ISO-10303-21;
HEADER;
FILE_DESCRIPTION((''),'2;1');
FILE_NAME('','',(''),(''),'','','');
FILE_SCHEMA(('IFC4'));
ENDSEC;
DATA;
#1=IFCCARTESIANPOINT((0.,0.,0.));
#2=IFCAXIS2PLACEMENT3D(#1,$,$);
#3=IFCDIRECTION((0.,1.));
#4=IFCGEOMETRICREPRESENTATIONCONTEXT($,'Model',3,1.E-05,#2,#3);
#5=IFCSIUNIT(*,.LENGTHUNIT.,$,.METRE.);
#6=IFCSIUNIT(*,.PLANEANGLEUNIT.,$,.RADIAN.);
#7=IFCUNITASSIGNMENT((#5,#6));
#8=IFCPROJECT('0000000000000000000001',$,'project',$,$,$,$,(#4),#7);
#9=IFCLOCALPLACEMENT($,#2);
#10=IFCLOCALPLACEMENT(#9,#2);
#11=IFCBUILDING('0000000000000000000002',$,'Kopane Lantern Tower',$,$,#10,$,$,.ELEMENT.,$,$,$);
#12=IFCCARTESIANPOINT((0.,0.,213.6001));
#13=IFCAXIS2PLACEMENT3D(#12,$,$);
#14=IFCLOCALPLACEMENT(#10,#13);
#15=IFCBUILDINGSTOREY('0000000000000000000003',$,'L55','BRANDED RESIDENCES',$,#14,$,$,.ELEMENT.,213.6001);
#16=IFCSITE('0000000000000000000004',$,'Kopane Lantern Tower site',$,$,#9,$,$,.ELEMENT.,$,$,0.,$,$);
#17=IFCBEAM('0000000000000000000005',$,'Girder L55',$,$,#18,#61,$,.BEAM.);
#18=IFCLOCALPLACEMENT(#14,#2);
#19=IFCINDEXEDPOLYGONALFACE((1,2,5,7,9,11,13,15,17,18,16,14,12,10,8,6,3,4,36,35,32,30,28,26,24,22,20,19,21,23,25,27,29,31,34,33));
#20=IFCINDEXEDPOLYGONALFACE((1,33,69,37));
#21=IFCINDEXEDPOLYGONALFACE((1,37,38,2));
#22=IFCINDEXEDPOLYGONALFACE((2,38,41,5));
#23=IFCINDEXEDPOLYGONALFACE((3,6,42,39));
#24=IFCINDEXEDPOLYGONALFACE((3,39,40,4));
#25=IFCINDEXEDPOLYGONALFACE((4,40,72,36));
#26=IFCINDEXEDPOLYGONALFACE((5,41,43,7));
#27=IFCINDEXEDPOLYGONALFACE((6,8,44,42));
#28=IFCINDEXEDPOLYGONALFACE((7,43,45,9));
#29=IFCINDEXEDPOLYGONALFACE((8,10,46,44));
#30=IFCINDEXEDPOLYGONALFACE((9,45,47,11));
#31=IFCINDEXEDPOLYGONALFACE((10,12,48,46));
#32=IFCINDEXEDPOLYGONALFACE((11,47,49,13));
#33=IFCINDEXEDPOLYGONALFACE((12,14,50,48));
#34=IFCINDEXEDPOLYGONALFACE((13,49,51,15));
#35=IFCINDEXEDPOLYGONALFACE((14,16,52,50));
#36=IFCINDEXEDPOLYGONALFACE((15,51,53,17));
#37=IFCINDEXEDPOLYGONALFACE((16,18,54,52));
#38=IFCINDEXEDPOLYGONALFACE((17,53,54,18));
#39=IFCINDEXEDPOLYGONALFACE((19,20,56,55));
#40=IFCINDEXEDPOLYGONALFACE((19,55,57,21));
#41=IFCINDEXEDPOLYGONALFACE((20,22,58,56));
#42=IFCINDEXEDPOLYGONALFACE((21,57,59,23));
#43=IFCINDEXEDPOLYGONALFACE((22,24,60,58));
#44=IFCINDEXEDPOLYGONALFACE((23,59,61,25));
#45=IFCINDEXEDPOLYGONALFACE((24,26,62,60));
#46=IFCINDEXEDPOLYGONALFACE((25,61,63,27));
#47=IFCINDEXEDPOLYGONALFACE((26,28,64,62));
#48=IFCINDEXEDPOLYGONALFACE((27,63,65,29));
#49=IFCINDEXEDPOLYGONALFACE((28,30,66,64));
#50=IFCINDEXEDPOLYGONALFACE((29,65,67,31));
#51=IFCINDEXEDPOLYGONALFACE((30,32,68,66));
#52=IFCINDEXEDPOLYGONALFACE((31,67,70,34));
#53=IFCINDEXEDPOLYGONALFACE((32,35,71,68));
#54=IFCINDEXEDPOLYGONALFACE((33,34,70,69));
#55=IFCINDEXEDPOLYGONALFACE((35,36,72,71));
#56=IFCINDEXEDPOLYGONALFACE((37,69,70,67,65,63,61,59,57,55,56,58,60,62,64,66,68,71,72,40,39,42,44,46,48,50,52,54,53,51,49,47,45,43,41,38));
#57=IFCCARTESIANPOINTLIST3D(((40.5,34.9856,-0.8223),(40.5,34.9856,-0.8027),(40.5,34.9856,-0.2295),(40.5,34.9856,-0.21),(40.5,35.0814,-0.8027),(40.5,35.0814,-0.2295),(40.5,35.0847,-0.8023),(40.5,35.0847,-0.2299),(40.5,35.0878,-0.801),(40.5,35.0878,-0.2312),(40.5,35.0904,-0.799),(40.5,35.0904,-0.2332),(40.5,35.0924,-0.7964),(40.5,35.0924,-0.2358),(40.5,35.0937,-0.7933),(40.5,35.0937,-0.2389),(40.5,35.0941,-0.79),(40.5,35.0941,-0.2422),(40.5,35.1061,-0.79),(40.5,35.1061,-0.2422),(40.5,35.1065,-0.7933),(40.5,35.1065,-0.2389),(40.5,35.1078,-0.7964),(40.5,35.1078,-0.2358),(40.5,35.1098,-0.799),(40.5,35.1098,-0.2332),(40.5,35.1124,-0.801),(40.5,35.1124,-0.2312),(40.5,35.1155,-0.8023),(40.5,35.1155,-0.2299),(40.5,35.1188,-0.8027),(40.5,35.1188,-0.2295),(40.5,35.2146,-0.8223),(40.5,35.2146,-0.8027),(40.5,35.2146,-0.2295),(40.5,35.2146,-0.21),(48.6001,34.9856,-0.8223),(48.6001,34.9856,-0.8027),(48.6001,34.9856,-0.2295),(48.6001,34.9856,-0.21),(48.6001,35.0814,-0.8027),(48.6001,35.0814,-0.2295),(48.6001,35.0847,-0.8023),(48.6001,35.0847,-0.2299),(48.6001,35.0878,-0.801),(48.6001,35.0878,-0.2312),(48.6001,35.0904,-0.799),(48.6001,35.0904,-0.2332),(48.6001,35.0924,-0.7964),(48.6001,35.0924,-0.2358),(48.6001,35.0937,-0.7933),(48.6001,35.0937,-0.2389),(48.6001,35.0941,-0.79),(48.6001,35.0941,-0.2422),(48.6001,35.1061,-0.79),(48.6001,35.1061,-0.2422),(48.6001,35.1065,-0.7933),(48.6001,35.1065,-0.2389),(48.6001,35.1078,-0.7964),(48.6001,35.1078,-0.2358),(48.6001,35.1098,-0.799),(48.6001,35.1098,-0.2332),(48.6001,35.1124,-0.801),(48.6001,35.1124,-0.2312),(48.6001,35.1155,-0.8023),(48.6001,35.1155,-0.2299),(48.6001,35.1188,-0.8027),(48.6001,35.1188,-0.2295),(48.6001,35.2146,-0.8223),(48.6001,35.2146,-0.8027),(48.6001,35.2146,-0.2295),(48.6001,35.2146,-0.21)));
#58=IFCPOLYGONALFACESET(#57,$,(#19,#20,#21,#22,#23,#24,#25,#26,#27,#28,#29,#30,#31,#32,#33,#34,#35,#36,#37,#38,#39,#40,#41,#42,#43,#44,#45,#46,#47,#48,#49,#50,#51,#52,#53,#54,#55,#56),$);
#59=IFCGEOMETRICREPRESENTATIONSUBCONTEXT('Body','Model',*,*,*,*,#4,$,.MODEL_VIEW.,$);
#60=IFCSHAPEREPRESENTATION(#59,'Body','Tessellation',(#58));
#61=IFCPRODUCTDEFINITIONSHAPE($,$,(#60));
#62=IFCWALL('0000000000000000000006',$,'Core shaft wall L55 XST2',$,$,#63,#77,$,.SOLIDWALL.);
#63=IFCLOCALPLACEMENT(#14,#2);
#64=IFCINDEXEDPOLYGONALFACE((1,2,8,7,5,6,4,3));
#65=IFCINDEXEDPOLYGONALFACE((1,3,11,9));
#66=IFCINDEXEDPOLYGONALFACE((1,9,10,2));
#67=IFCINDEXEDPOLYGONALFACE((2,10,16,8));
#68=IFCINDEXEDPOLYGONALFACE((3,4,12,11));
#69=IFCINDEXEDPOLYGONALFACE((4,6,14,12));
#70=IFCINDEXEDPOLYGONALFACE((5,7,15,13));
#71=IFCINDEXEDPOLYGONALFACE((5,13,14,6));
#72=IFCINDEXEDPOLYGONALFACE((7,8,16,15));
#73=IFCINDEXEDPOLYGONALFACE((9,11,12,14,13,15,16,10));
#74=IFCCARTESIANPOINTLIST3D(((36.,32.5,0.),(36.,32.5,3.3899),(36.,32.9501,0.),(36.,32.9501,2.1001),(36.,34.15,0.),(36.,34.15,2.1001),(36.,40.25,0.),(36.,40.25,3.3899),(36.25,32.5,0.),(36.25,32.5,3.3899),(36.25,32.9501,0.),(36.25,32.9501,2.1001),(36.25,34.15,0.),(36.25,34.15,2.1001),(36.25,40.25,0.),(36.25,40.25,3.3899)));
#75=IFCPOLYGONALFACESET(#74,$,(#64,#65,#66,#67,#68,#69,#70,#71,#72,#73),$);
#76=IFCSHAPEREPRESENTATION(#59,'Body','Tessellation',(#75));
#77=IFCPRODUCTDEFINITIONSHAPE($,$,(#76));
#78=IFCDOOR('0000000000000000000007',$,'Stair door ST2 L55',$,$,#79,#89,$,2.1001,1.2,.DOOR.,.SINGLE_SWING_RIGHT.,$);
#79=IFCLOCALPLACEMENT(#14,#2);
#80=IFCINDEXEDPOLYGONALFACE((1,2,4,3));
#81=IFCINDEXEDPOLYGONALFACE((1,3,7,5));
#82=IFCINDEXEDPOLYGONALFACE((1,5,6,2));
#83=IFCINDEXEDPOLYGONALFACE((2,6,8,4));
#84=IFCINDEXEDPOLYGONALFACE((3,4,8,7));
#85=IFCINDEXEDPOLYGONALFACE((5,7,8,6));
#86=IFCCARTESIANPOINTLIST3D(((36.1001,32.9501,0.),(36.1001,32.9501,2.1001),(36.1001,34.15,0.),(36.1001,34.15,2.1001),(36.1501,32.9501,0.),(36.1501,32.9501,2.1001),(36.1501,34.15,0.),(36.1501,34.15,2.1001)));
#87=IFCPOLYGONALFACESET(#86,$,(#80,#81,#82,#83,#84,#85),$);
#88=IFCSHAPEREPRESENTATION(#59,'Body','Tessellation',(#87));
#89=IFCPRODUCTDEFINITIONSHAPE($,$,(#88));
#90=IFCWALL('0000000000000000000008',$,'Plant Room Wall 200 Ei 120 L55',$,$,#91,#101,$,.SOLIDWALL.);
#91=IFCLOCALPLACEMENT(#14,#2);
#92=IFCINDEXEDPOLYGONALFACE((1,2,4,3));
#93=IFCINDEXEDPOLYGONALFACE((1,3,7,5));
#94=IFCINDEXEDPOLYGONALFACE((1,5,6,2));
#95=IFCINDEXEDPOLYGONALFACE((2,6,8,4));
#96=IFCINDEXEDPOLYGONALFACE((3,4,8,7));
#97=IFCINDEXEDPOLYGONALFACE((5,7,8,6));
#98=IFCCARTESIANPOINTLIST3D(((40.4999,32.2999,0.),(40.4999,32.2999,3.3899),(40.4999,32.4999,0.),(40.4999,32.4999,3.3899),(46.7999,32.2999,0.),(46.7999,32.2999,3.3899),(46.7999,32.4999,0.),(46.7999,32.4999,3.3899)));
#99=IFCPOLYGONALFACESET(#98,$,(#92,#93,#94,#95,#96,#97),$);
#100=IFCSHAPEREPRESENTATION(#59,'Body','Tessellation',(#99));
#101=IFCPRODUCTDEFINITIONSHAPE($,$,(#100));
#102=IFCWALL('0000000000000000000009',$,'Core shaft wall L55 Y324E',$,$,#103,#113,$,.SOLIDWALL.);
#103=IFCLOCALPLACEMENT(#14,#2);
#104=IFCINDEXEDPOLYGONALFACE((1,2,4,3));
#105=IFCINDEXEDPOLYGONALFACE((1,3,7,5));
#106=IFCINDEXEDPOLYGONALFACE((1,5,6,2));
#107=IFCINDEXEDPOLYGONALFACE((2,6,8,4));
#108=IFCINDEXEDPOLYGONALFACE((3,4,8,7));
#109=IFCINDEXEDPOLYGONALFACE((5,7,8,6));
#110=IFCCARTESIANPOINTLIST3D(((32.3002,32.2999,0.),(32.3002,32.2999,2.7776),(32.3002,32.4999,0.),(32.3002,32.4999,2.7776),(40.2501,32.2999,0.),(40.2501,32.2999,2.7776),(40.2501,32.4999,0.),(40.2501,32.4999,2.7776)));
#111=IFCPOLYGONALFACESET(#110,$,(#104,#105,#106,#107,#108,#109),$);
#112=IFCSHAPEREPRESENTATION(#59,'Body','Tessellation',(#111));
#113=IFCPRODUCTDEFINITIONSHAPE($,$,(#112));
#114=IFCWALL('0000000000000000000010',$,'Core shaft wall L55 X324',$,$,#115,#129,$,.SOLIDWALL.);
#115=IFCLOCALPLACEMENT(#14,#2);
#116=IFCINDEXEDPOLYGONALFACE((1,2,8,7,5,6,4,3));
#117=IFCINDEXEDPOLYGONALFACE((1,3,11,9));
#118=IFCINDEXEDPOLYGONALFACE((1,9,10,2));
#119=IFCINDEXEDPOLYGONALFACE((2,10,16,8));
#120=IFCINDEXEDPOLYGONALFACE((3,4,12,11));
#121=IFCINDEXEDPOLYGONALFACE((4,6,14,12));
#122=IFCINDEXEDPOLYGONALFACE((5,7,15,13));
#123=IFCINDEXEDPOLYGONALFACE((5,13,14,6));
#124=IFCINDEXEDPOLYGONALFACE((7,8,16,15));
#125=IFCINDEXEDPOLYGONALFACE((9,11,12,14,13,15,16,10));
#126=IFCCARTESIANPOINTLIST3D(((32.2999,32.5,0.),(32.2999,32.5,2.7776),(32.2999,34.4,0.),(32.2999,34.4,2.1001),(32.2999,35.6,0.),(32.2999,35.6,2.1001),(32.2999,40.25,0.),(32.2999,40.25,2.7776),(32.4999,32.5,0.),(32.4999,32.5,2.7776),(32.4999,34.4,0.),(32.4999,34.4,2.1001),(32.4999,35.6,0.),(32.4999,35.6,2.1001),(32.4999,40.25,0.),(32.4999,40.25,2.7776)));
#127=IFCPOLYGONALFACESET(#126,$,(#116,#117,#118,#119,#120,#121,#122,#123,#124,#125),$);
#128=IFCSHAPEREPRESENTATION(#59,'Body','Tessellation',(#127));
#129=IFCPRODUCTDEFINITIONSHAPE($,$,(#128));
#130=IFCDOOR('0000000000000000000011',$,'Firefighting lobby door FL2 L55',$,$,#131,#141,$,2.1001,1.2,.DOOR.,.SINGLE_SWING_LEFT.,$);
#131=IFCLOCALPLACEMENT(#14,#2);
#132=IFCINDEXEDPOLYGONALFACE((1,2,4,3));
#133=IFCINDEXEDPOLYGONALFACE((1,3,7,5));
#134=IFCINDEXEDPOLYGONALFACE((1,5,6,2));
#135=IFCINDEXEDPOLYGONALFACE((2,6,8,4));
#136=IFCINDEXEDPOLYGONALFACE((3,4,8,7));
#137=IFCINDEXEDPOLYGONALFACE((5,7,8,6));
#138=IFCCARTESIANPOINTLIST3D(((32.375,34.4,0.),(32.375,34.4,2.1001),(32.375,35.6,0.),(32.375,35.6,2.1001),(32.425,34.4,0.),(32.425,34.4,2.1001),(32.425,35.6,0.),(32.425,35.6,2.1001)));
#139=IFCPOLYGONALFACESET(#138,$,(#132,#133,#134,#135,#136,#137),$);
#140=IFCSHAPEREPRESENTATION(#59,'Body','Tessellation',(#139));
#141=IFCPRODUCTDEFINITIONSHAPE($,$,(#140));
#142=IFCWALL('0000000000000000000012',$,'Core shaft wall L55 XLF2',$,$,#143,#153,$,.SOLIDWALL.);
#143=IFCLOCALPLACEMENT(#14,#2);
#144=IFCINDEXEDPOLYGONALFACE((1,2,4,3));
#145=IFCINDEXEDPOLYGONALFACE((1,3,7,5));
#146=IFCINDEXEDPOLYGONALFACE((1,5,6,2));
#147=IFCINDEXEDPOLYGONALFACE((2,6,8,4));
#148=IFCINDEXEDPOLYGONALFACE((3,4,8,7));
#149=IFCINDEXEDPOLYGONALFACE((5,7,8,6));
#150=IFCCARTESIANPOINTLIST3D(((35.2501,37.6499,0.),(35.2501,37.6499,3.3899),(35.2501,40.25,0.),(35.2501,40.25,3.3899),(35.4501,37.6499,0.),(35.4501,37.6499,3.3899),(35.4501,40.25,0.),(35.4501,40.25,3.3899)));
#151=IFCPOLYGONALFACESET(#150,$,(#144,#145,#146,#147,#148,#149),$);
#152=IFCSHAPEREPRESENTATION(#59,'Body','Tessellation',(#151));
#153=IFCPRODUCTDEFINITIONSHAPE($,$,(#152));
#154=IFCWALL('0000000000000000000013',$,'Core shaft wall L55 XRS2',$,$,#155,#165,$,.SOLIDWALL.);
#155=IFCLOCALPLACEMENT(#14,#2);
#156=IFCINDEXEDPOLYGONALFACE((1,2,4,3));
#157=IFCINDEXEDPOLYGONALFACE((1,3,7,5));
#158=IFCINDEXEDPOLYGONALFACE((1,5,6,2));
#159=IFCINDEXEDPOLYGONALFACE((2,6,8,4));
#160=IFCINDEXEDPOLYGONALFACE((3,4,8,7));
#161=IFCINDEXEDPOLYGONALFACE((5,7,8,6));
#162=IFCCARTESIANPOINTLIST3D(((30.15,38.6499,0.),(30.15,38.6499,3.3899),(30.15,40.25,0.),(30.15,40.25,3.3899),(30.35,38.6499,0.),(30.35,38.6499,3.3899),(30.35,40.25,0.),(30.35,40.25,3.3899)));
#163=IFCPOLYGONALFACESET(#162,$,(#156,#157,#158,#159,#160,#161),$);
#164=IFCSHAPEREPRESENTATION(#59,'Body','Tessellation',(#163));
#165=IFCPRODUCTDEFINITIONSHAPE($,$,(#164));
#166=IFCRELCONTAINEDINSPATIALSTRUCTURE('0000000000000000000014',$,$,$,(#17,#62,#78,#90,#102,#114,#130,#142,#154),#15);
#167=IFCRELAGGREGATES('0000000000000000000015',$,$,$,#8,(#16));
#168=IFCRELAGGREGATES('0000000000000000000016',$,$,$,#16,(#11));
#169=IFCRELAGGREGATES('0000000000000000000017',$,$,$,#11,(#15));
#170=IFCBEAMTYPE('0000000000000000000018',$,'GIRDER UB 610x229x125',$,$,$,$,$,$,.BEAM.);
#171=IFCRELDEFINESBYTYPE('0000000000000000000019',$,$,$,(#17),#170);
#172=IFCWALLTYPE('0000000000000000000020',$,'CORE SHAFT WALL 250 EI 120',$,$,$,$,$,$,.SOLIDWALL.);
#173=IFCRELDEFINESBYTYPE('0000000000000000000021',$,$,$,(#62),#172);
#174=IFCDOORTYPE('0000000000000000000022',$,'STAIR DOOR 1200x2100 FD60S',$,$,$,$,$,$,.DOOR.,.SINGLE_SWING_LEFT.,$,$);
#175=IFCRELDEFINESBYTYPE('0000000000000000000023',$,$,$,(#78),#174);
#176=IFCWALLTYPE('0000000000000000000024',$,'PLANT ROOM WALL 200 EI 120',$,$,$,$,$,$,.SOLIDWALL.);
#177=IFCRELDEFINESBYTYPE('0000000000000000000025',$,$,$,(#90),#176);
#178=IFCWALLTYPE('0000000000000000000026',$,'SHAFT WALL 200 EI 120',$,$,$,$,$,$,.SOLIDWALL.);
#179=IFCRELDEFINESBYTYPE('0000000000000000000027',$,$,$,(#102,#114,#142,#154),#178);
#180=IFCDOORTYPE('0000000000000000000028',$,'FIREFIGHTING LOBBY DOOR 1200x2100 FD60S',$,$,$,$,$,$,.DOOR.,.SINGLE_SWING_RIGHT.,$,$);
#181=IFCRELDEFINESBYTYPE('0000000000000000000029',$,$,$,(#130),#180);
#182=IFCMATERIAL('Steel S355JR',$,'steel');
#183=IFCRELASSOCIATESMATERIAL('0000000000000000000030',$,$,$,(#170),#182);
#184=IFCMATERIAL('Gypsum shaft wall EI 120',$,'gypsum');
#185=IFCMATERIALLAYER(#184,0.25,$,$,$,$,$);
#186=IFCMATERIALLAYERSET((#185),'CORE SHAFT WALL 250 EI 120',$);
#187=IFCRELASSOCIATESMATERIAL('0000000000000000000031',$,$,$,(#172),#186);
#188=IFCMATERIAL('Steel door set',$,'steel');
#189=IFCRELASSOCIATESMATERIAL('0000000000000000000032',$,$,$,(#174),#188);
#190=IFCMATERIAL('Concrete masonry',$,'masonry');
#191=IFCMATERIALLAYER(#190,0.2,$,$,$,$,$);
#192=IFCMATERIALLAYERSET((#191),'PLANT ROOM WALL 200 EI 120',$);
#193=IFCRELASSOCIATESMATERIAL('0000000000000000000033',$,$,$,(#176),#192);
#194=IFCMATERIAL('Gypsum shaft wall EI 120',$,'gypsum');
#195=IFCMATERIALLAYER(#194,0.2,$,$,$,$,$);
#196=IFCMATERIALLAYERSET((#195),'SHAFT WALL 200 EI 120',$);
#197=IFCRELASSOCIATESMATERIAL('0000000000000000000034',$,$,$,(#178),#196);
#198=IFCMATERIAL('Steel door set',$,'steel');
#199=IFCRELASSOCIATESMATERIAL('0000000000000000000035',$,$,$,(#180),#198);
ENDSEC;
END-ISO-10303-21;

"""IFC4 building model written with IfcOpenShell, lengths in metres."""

from ifc_helpers import new_model, si_unit, direction, frame, frame_2d, origin, origin_2d, place, context, subcontext, project, spatial, rectangle, i_section, extrude, material, layer, layer_set, material_profile, profile_set, type_object, element, fill, save


model = new_model("IFC4")

# Units and contexts
model_context = context("Model", 3, precision=1e-05, world=origin(), true_north=direction((0.0, 1.0)))
body_context = subcontext(model_context, "Body", "Model", "MODEL_VIEW")
ifc_project = project(units=[si_unit("LENGTHUNIT", "METRE"), si_unit("PLANEANGLEUNIT", "RADIAN")], contexts=[model_context])

# Site, building, storey
site_placement = place(None, origin())
site = spatial("IfcSite", under=ifc_project, at=site_placement, Name="Kopane Lantern Tower site", CompositionType="ELEMENT", RefElevation=0.0)
building_placement = place(site_placement, origin())
building = spatial("IfcBuilding", under=site, at=building_placement, Name="Kopane Lantern Tower", CompositionType="ELEMENT")
storey_placement = place(building_placement, frame((0.0, 0.0, 213.6001)))
storey = spatial("IfcBuildingStorey", under=building, at=storey_placement, Name="L55", Description="BRANDED RESIDENCES", CompositionType="ELEMENT", Elevation=213.6001)

# Beam
ifc_material_1 = material(Name="Steel S355JR", Category="steel")
ifc_material_profile_1 = material_profile(ifc_material_1, i_section(OverallWidth=0.229, OverallDepth=0.6123, WebThickness=0.012, FlangeThickness=0.0195, FilletRadius=0.0127, at=origin_2d()), Name="UB 610x229x125")
ifc_profile_set_1 = profile_set([ifc_material_profile_1], Name="Steel S355JR")
beam_type_1 = type_object("IfcBeamType", Name="GIRDER UB 610x229x125", PredefinedType="BEAM", material=ifc_profile_set_1)
for number, where, z_axis, x_axis, name in (
    (1, (40.5, 35.1001, -0.5161), (1.0, 0.0, 0.0), (0.0, 1.0, 0.0), "Girder L55"),
):
    element("IfcBeam", number, at=place(storey_placement, frame(where, z_axis=z_axis, x_axis=x_axis)), inside=storey, type_object=beam_type_1, Name=name, PredefinedType="BEAM", context=body_context, shape_type="SweptSolid", body=[
        extrude(i_section(OverallWidth=0.229, OverallDepth=0.6123, WebThickness=0.012, FlangeThickness=0.0195, FilletRadius=0.0127, at=origin_2d()), origin(), (0.0, 0.0, 1.0), 8.1001),
    ])

# Wall, opening, door
ifc_material_2 = material(Name="Gypsum shaft wall EI 120", Category="gypsum")
ifc_layer_1 = layer(ifc_material_2, 0.25)
ifc_layer_set_1 = layer_set([ifc_layer_1], Name="CORE SHAFT WALL 250 EI 120")
wall_type_1 = type_object("IfcWallType", Name="CORE SHAFT WALL 250 EI 120", PredefinedType="SOLIDWALL", material=ifc_layer_set_1)
wall_1_placement = place(storey_placement, frame((36.125, 32.5, 0.0), z_axis=(0.0, 0.0, 1.0), x_axis=(0.0, 1.0, 0.0)))
wall_1 = element("IfcWall", 2, at=wall_1_placement, inside=storey, type_object=wall_type_1, Name="Core shaft wall L55 XST2", PredefinedType="SOLIDWALL", context=body_context, shape_type="SweptSolid", body=[
    extrude(rectangle(XDim=7.75, YDim=0.25, at=frame_2d((3.875, 0.0))), origin(), (0.0, 0.0, 1.0), 3.3899),
])
opening_1_placement = place(wall_1_placement, frame((0.45, 0.0, 0.0)))
opening_1 = element("IfcOpeningElement", 3, at=opening_1_placement, cuts=wall_1, PredefinedType="OPENING", context=body_context, shape_type="SweptSolid", body=[
    extrude(rectangle(XDim=1.2, YDim=2.1001, at=frame_2d((0.6001, 1.05))), frame((0.0, 0.135, 0.0), z_axis=(0.0, -1.0, 0.0), x_axis=(1.0, 0.0, 0.0)), (0.0, 0.0, 1.0), 0.27),
])
ifc_material_3 = material(Name="Steel door set", Category="steel")
door_type_1 = type_object("IfcDoorType", Name="STAIR DOOR 1200x2100 FD60S", OperationType="SINGLE_SWING_LEFT", PredefinedType="DOOR", material=ifc_material_3)
door_1_placement = place(opening_1_placement, origin())
door_1 = element("IfcDoor", 4, at=door_1_placement, inside=storey, type_object=door_type_1, Name="Stair door ST2 L55", OperationType="SINGLE_SWING_RIGHT", OverallHeight=2.1001, OverallWidth=1.2, PredefinedType="DOOR", context=body_context, shape_type="SweptSolid", body=[
    extrude(rectangle(XDim=1.2, YDim=2.1001, at=frame_2d((0.6001, 1.05))), frame((0.0, 0.0249, 0.0), z_axis=(0.0, -1.0, 0.0), x_axis=(1.0, 0.0, 0.0)), (0.0, 0.0, 1.0), 0.05),
])
fill(opening_1, door_1)

# Walls
ifc_material_4 = material(Name="Concrete masonry", Category="masonry")
ifc_layer_2 = layer(ifc_material_4, 0.2)
ifc_layer_set_2 = layer_set([ifc_layer_2], Name="PLANT ROOM WALL 200 EI 120")
wall_type_2 = type_object("IfcWallType", Name="PLANT ROOM WALL 200 EI 120", PredefinedType="SOLIDWALL", material=ifc_layer_set_2)
wall_2_placement = place(storey_placement, frame((40.5, 32.3999, 0.0), z_axis=(0.0, 0.0, 1.0), x_axis=(1.0, 0.0, 0.0)))
element("IfcWall", 5, at=wall_2_placement, inside=storey, type_object=wall_type_2, Name="Plant Room Wall 200 Ei 120 L55", PredefinedType="SOLIDWALL", context=body_context, shape_type="SweptSolid", body=[
    extrude(rectangle(XDim=6.3, YDim=0.2, at=frame_2d((3.1499, 0.0))), origin(), (0.0, 0.0, 1.0), 3.3899),
])
ifc_material_5 = material(Name="Gypsum shaft wall EI 120", Category="gypsum")
ifc_layer_3 = layer(ifc_material_5, 0.2)
ifc_layer_set_3 = layer_set([ifc_layer_3], Name="SHAFT WALL 200 EI 120")
wall_type_3 = type_object("IfcWallType", Name="SHAFT WALL 200 EI 120", PredefinedType="SOLIDWALL", material=ifc_layer_set_3)
wall_3_placement = place(storey_placement, frame((32.3, 32.3999, 0.0), z_axis=(0.0, 0.0, 1.0), x_axis=(1.0, 0.0, 0.0)))
element("IfcWall", 6, at=wall_3_placement, inside=storey, type_object=wall_type_3, Name="Core shaft wall L55 Y324E", PredefinedType="SOLIDWALL", context=body_context, shape_type="SweptSolid", body=[
    extrude(rectangle(XDim=7.95, YDim=0.2, at=frame_2d((3.9751, 0.0))), origin(), (0.0, 0.0, 1.0), 2.7776),
])

# Wall, opening, door
wall_4_placement = place(storey_placement, frame((32.3999, 32.5, 0.0), z_axis=(0.0, 0.0, 1.0), x_axis=(0.0, 1.0, 0.0)))
wall_4 = element("IfcWall", 7, at=wall_4_placement, inside=storey, type_object=wall_type_3, Name="Core shaft wall L55 X324", PredefinedType="SOLIDWALL", context=body_context, shape_type="SweptSolid", body=[
    extrude(rectangle(XDim=7.75, YDim=0.2, at=frame_2d((3.875, 0.0))), origin(), (0.0, 0.0, 1.0), 2.7776),
])
opening_2_placement = place(wall_4_placement, frame((1.8999, 0.0, 0.0)))
opening_2 = element("IfcOpeningElement", 8, at=opening_2_placement, cuts=wall_4, PredefinedType="OPENING", context=body_context, shape_type="SweptSolid", body=[
    extrude(rectangle(XDim=1.2, YDim=2.1001, at=frame_2d((0.6001, 1.05))), frame((0.0, 0.1099, 0.0), z_axis=(0.0, -1.0, 0.0), x_axis=(1.0, 0.0, 0.0)), (0.0, 0.0, 1.0), 0.22),
])
ifc_material_6 = material(Name="Steel door set", Category="steel")
door_type_2 = type_object("IfcDoorType", Name="FIREFIGHTING LOBBY DOOR 1200x2100 FD60S", OperationType="SINGLE_SWING_RIGHT", PredefinedType="DOOR", material=ifc_material_6)
door_2_placement = place(opening_2_placement, origin())
door_2 = element("IfcDoor", 9, at=door_2_placement, inside=storey, type_object=door_type_2, Name="Firefighting lobby door FL2 L55", OperationType="SINGLE_SWING_LEFT", OverallHeight=2.1001, OverallWidth=1.2, PredefinedType="DOOR", context=body_context, shape_type="SweptSolid", body=[
    extrude(rectangle(XDim=1.2, YDim=2.1001, at=frame_2d((0.6001, 1.05))), frame((0.0, 0.0249, 0.0), z_axis=(0.0, -1.0, 0.0), x_axis=(1.0, 0.0, 0.0)), (0.0, 0.0, 1.0), 0.05),
])
fill(opening_2, door_2)

# Walls
wall_5_placement = place(storey_placement, frame((35.3501, 37.6499, 0.0), z_axis=(0.0, 0.0, 1.0), x_axis=(0.0, 1.0, 0.0)))
element("IfcWall", 10, at=wall_5_placement, inside=storey, type_object=wall_type_3, Name="Core shaft wall L55 XLF2", PredefinedType="SOLIDWALL", context=body_context, shape_type="SweptSolid", body=[
    extrude(rectangle(XDim=2.6001, YDim=0.2, at=frame_2d((1.3, 0.0))), origin(), (0.0, 0.0, 1.0), 3.3899),
])
wall_6_placement = place(storey_placement, frame((30.25, 38.6499, 0.0), z_axis=(0.0, 0.0, 1.0), x_axis=(0.0, 1.0, 0.0)))
element("IfcWall", 11, at=wall_6_placement, inside=storey, type_object=wall_type_3, Name="Core shaft wall L55 XRS2", PredefinedType="SOLIDWALL", context=body_context, shape_type="SweptSolid", body=[
    extrude(rectangle(XDim=1.6001, YDim=0.2, at=frame_2d((0.8, 0.0))), origin(), (0.0, 0.0, 1.0), 3.3899),
])

save(model, "model.ifc")
